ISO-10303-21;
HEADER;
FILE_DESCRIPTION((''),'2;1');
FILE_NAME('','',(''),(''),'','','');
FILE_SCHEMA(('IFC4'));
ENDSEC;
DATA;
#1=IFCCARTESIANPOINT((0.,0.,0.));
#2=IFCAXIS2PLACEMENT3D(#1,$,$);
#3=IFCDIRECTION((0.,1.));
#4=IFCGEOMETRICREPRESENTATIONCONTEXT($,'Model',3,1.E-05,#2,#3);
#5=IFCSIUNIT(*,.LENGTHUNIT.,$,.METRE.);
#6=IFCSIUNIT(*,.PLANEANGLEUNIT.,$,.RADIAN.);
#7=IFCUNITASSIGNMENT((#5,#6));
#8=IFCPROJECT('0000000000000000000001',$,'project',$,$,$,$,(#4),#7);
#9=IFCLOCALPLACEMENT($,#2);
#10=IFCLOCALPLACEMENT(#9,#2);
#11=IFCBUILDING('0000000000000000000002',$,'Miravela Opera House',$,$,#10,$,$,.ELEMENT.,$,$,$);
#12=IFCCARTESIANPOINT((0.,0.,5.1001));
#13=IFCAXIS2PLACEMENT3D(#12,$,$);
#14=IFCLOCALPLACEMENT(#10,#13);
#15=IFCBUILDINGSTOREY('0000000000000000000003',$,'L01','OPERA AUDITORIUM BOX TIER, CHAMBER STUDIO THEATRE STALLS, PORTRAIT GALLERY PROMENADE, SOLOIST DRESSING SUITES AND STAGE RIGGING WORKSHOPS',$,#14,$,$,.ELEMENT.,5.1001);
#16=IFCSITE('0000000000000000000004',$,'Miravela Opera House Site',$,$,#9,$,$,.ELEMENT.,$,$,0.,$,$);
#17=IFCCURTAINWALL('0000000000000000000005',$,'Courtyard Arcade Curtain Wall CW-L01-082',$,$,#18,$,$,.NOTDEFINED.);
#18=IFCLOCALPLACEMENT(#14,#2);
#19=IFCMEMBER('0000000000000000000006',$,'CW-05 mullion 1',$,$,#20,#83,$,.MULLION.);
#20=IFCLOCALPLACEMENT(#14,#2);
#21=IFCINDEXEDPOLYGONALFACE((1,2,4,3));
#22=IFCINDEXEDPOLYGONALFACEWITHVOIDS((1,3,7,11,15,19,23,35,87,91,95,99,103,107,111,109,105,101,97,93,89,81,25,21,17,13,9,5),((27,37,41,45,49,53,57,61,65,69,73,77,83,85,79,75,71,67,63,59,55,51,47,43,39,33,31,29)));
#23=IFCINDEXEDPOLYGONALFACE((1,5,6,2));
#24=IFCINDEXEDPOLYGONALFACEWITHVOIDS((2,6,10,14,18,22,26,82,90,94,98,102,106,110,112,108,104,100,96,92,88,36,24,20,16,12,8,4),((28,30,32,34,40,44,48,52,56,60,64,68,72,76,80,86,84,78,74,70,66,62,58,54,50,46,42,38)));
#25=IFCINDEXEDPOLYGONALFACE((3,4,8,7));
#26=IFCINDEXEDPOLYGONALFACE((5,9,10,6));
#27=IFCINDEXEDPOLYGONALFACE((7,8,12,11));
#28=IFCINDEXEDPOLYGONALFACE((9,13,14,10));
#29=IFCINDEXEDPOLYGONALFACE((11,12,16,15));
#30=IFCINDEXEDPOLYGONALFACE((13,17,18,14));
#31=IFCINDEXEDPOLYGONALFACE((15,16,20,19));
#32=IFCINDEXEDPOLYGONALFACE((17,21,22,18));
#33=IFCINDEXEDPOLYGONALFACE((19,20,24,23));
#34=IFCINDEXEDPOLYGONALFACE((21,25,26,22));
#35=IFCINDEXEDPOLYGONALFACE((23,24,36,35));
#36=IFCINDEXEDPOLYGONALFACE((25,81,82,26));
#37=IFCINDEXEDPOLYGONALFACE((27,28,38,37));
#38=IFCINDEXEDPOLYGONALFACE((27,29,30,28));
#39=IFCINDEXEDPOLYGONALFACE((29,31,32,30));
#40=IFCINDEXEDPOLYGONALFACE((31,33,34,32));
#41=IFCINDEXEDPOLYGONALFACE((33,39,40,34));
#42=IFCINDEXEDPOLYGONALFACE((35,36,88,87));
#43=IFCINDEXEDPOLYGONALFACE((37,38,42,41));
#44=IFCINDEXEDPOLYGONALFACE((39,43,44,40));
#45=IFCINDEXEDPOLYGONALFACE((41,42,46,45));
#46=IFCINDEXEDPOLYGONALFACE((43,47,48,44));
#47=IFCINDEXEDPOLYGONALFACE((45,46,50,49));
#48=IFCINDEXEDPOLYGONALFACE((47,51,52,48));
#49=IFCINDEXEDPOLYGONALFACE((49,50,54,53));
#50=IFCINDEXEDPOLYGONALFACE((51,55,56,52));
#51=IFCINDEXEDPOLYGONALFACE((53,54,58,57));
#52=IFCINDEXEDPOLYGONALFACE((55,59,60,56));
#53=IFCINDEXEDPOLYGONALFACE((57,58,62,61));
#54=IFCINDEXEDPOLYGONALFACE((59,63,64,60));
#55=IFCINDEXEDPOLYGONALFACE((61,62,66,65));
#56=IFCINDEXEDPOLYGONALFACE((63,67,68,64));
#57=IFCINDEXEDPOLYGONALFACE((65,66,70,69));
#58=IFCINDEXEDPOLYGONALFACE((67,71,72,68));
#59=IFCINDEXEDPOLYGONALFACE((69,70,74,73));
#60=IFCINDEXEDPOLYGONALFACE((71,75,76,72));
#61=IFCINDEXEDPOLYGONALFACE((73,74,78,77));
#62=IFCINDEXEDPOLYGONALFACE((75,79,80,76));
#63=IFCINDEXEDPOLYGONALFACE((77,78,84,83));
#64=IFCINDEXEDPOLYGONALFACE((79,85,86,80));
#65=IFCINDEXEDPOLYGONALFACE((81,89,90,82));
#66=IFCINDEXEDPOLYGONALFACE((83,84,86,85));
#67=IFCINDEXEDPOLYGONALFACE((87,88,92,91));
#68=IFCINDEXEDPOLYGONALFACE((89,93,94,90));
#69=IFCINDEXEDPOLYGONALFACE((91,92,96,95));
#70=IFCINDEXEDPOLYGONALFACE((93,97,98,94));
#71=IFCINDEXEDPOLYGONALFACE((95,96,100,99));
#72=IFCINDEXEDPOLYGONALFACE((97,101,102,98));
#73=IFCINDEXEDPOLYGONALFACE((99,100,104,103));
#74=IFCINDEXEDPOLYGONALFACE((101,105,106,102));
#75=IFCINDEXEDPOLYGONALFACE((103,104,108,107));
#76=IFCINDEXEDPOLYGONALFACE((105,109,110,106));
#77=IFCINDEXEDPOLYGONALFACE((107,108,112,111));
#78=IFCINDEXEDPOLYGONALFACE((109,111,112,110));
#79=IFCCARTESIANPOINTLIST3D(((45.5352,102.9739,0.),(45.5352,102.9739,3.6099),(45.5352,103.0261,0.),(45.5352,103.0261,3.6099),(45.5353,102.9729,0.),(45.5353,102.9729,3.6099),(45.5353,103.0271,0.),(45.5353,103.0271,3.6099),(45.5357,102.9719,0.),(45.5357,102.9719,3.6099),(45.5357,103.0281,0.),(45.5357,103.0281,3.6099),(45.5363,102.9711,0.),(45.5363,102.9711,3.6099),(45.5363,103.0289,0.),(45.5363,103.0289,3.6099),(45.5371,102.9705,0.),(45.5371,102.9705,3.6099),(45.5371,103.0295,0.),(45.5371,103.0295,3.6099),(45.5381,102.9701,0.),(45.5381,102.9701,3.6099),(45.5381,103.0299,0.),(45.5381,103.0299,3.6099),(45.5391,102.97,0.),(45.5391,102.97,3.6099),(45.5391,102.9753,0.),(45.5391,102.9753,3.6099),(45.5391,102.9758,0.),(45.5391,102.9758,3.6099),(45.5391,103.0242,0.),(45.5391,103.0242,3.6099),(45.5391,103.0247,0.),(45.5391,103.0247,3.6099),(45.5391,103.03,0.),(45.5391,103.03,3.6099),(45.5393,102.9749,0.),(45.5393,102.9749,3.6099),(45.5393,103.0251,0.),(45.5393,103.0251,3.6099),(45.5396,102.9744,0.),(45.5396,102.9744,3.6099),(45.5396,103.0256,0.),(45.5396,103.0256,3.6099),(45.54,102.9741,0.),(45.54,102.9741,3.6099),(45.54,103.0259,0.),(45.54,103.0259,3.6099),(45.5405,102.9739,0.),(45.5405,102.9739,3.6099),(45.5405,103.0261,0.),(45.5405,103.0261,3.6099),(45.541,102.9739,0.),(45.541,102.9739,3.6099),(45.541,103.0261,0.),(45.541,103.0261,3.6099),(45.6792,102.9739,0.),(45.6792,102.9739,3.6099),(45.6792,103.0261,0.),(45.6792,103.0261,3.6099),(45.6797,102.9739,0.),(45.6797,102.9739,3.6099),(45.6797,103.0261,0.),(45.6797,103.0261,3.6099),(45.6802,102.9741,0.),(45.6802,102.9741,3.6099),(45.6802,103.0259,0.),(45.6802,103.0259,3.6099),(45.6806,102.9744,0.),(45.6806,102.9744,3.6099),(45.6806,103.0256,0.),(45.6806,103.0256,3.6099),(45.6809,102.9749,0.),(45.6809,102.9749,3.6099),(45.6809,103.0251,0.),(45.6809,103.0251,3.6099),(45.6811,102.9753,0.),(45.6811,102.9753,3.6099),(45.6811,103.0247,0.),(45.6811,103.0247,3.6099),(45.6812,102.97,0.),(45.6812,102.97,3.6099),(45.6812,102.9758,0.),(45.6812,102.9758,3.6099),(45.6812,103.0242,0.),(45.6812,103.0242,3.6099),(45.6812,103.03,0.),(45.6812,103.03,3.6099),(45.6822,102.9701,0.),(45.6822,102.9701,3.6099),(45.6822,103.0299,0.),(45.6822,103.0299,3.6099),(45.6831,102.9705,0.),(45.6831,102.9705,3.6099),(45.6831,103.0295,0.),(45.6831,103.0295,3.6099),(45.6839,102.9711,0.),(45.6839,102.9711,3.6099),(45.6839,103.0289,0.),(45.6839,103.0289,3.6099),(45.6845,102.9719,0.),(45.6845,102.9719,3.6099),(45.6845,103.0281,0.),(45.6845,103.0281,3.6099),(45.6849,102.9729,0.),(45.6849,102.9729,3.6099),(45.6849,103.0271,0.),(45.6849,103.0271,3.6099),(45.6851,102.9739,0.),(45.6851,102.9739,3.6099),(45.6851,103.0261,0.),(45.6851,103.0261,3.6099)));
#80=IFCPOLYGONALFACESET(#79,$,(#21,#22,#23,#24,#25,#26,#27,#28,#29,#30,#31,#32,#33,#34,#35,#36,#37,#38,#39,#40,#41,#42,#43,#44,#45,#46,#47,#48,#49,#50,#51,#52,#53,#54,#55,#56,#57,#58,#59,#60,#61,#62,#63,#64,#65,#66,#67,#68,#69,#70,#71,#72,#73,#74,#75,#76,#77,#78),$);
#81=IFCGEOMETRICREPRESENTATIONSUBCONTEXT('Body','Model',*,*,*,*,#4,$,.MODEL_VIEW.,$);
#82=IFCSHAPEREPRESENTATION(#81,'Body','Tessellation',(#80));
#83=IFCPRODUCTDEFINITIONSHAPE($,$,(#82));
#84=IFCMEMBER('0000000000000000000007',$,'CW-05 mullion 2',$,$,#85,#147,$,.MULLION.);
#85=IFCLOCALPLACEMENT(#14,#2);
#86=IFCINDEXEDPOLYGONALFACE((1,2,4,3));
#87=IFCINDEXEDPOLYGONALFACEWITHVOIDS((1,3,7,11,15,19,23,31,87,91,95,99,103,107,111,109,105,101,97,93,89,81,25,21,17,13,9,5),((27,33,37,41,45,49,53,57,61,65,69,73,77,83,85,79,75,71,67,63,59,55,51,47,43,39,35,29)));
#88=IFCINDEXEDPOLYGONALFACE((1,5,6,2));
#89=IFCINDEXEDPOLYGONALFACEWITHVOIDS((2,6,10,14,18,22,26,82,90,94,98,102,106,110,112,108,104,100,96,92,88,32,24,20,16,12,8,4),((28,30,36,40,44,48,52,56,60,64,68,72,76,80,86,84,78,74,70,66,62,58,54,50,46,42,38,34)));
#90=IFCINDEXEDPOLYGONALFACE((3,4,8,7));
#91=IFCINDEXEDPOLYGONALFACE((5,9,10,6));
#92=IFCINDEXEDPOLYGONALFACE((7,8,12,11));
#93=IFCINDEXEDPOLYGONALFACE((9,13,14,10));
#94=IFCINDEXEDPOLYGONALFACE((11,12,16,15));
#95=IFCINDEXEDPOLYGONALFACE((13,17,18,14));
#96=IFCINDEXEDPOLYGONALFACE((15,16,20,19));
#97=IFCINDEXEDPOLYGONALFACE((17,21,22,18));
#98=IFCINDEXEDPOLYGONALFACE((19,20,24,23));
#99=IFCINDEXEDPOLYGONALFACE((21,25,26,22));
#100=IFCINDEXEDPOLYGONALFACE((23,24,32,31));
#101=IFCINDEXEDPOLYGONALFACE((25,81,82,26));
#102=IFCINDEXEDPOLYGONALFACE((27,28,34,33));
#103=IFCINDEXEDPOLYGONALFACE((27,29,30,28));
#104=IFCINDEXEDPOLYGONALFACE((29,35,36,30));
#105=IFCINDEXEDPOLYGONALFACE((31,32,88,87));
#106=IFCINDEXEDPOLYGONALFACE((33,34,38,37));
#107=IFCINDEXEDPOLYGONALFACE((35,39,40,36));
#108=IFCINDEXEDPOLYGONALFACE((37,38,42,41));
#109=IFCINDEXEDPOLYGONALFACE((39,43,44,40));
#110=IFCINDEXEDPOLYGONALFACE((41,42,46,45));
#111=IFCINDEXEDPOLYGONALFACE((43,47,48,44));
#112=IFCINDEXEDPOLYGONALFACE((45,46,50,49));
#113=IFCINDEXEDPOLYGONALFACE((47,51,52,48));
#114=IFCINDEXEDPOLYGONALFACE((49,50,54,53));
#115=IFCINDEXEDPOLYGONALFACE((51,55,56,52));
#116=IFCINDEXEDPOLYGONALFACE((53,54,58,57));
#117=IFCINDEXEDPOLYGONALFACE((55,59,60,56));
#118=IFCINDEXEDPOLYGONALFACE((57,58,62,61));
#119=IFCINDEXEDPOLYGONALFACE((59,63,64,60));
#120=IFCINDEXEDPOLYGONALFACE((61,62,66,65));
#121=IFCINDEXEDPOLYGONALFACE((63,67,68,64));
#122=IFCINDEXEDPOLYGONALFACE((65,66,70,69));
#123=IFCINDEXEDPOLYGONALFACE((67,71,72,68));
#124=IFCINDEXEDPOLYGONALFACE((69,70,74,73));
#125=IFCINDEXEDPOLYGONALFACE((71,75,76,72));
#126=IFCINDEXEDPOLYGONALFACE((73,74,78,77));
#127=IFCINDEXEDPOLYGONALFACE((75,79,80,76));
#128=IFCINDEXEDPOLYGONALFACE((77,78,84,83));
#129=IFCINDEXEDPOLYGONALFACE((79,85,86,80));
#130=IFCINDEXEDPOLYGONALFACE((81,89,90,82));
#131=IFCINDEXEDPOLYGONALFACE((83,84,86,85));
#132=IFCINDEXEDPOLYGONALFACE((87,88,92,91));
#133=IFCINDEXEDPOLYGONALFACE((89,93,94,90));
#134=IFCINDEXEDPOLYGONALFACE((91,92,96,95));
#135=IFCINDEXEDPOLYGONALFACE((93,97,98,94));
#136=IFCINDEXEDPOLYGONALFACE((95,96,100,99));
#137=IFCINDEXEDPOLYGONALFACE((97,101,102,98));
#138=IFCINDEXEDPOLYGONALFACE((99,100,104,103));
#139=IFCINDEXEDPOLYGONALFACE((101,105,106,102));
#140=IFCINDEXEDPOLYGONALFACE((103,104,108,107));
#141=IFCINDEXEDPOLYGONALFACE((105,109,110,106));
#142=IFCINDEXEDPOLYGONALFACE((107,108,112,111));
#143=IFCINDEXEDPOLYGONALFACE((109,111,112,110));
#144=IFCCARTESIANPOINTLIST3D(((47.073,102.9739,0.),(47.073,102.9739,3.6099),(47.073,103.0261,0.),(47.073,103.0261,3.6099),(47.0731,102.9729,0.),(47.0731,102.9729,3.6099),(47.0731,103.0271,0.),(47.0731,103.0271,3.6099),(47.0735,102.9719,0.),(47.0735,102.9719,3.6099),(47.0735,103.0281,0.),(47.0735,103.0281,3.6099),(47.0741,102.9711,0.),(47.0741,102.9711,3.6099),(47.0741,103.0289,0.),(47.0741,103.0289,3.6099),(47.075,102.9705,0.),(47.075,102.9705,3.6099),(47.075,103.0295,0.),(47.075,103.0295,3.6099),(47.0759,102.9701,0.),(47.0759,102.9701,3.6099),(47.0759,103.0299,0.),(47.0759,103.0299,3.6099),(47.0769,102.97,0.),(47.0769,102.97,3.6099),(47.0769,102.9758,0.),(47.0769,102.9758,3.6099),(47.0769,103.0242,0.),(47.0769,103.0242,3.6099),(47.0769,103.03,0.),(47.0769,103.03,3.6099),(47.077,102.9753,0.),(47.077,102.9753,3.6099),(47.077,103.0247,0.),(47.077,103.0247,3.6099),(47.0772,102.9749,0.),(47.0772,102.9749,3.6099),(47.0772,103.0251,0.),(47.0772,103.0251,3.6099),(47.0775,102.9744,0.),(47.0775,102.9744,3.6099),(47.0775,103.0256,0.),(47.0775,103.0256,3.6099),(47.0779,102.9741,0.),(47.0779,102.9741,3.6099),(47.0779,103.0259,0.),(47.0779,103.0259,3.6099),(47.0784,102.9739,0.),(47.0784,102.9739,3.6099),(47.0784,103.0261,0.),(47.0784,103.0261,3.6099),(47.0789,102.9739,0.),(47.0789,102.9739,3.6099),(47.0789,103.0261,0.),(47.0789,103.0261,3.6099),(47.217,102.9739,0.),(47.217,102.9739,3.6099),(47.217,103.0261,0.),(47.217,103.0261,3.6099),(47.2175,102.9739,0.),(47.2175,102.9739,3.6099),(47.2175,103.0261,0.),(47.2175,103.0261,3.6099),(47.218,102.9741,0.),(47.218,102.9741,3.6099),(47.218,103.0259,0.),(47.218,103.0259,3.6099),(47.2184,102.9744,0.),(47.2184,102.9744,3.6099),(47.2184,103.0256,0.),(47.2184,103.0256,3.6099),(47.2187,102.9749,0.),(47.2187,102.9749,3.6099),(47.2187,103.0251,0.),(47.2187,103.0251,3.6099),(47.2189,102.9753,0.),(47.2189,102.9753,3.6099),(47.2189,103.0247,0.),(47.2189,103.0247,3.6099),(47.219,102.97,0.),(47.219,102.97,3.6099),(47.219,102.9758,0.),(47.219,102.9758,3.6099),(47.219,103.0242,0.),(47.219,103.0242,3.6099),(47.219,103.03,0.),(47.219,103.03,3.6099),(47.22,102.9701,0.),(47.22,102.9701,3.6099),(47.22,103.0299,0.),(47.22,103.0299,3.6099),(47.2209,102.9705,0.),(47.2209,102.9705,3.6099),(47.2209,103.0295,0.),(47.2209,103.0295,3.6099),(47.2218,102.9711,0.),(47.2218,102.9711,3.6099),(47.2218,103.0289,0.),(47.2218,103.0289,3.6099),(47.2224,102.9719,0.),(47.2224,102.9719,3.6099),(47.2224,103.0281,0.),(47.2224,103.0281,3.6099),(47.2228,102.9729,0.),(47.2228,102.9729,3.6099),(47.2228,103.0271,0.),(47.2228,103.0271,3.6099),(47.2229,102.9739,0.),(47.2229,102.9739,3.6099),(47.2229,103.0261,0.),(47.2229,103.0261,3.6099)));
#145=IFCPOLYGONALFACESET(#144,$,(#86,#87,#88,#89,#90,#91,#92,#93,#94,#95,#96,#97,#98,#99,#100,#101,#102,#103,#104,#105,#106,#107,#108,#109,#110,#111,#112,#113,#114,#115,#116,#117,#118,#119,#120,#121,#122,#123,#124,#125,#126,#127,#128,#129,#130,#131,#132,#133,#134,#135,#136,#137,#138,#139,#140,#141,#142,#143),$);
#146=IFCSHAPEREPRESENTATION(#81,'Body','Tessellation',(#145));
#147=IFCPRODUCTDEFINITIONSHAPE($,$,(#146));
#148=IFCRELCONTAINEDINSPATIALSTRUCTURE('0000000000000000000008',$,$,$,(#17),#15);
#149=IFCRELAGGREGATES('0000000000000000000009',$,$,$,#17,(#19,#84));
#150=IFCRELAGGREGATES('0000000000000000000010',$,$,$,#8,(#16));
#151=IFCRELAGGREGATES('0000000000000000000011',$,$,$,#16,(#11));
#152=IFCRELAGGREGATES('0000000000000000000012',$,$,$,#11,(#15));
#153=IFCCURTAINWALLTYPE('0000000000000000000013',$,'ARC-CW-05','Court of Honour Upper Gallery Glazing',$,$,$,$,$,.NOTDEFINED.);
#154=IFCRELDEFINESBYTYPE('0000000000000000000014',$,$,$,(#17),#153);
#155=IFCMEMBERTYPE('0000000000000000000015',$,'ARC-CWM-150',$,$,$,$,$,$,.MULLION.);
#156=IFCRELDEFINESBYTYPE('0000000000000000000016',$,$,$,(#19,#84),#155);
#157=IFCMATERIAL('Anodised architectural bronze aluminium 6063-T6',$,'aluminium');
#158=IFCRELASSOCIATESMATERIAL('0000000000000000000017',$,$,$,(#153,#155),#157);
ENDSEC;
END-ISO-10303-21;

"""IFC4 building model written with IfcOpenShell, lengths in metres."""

from ifc_helpers import new_model, si_unit, direction, frame, origin, origin_2d, place, context, subcontext, project, spatial, hollow_rectangle, extrude, material, material_profile, profile_set, type_object, element, aggregate, save


model = new_model("IFC4")

# Units and contexts
model_context = context("Model", 3, precision=1e-05, world=origin(), true_north=direction((0.0, 1.0)))
body_context = subcontext(model_context, "Body", "Model", "MODEL_VIEW")
ifc_project = project(units=[si_unit("LENGTHUNIT", "METRE"), si_unit("PLANEANGLEUNIT", "RADIAN")], contexts=[model_context])

# Site, building, storey
site_placement = place(None, origin())
site = spatial("IfcSite", under=ifc_project, at=site_placement, Name="Miravela Opera House Site", CompositionType="ELEMENT", RefElevation=0.0)
building_placement = place(site_placement, origin())
building = spatial("IfcBuilding", under=site, at=building_placement, Name="Miravela Opera House", CompositionType="ELEMENT")
storey_placement = place(building_placement, frame((0.0, 0.0, 5.1001)))
storey = spatial("IfcBuildingStorey", under=building, at=storey_placement, Name="L01", Description="OPERA AUDITORIUM BOX TIER, CHAMBER STUDIO THEATRE STALLS, PORTRAIT GALLERY PROMENADE, SOLOIST DRESSING SUITES AND STAGE RIGGING WORKSHOPS", CompositionType="ELEMENT", Elevation=5.1001)

# Curtain wall, members
ifc_material_1 = material(Name="Anodised architectural bronze aluminium 6063-T6", Category="aluminium")
curtain_wall_type = type_object("IfcCurtainWallType", Name="ARC-CW-05", Description="Court of Honour Upper Gallery Glazing", PredefinedType="NOTDEFINED", material=ifc_material_1)
curtain_wall_placement = place(storey_placement, origin())
curtain_wall = element("IfcCurtainWall", 1, at=curtain_wall_placement, inside=storey, type_object=curtain_wall_type, Name="Courtyard Arcade Curtain Wall CW-L01-082", PredefinedType="NOTDEFINED")
ifc_material_profile_1 = material_profile(ifc_material_1, hollow_rectangle(XDim=0.0601, YDim=0.1499, WallThickness=0.0039, InnerFilletRadius=0.002, OuterFilletRadius=0.0039, at=origin_2d()), Name="CWM-60X150")
ifc_profile_set_1 = profile_set([ifc_material_profile_1])
member_type_1 = type_object("IfcMemberType", Name="ARC-CWM-150", PredefinedType="MULLION", material=ifc_profile_set_1)
member_1_placement = place(storey_placement, frame((45.6101, 103.0, 0.0), z_axis=(0.0, 0.0, 1.0), x_axis=(0.0, 1.0, 0.0)))
member_1 = element("IfcMember", 2, at=member_1_placement, type_object=member_type_1, Name="CW-05 mullion 1", PredefinedType="MULLION", context=body_context, shape_type="SweptSolid", body=[
    extrude(hollow_rectangle(XDim=0.0601, YDim=0.1499, WallThickness=0.0039, InnerFilletRadius=0.002, OuterFilletRadius=0.0039, at=origin_2d()), origin(), (0.0, 0.0, 1.0), 3.6099),
])
member_2_placement = place(storey_placement, frame((47.1479, 103.0, 0.0), z_axis=(0.0, 0.0, 1.0), x_axis=(0.0, 1.0, 0.0)))
member_2 = element("IfcMember", 3, at=member_2_placement, type_object=member_type_1, Name="CW-05 mullion 2", PredefinedType="MULLION", context=body_context, shape_type="SweptSolid", body=[
    extrude(hollow_rectangle(XDim=0.0601, YDim=0.1499, WallThickness=0.0039, InnerFilletRadius=0.002, OuterFilletRadius=0.0039, at=origin_2d()), origin(), (0.0, 0.0, 1.0), 3.6099),
])

aggregate(curtain_wall, [member_1, member_2])

save(model, "model.ifc")
